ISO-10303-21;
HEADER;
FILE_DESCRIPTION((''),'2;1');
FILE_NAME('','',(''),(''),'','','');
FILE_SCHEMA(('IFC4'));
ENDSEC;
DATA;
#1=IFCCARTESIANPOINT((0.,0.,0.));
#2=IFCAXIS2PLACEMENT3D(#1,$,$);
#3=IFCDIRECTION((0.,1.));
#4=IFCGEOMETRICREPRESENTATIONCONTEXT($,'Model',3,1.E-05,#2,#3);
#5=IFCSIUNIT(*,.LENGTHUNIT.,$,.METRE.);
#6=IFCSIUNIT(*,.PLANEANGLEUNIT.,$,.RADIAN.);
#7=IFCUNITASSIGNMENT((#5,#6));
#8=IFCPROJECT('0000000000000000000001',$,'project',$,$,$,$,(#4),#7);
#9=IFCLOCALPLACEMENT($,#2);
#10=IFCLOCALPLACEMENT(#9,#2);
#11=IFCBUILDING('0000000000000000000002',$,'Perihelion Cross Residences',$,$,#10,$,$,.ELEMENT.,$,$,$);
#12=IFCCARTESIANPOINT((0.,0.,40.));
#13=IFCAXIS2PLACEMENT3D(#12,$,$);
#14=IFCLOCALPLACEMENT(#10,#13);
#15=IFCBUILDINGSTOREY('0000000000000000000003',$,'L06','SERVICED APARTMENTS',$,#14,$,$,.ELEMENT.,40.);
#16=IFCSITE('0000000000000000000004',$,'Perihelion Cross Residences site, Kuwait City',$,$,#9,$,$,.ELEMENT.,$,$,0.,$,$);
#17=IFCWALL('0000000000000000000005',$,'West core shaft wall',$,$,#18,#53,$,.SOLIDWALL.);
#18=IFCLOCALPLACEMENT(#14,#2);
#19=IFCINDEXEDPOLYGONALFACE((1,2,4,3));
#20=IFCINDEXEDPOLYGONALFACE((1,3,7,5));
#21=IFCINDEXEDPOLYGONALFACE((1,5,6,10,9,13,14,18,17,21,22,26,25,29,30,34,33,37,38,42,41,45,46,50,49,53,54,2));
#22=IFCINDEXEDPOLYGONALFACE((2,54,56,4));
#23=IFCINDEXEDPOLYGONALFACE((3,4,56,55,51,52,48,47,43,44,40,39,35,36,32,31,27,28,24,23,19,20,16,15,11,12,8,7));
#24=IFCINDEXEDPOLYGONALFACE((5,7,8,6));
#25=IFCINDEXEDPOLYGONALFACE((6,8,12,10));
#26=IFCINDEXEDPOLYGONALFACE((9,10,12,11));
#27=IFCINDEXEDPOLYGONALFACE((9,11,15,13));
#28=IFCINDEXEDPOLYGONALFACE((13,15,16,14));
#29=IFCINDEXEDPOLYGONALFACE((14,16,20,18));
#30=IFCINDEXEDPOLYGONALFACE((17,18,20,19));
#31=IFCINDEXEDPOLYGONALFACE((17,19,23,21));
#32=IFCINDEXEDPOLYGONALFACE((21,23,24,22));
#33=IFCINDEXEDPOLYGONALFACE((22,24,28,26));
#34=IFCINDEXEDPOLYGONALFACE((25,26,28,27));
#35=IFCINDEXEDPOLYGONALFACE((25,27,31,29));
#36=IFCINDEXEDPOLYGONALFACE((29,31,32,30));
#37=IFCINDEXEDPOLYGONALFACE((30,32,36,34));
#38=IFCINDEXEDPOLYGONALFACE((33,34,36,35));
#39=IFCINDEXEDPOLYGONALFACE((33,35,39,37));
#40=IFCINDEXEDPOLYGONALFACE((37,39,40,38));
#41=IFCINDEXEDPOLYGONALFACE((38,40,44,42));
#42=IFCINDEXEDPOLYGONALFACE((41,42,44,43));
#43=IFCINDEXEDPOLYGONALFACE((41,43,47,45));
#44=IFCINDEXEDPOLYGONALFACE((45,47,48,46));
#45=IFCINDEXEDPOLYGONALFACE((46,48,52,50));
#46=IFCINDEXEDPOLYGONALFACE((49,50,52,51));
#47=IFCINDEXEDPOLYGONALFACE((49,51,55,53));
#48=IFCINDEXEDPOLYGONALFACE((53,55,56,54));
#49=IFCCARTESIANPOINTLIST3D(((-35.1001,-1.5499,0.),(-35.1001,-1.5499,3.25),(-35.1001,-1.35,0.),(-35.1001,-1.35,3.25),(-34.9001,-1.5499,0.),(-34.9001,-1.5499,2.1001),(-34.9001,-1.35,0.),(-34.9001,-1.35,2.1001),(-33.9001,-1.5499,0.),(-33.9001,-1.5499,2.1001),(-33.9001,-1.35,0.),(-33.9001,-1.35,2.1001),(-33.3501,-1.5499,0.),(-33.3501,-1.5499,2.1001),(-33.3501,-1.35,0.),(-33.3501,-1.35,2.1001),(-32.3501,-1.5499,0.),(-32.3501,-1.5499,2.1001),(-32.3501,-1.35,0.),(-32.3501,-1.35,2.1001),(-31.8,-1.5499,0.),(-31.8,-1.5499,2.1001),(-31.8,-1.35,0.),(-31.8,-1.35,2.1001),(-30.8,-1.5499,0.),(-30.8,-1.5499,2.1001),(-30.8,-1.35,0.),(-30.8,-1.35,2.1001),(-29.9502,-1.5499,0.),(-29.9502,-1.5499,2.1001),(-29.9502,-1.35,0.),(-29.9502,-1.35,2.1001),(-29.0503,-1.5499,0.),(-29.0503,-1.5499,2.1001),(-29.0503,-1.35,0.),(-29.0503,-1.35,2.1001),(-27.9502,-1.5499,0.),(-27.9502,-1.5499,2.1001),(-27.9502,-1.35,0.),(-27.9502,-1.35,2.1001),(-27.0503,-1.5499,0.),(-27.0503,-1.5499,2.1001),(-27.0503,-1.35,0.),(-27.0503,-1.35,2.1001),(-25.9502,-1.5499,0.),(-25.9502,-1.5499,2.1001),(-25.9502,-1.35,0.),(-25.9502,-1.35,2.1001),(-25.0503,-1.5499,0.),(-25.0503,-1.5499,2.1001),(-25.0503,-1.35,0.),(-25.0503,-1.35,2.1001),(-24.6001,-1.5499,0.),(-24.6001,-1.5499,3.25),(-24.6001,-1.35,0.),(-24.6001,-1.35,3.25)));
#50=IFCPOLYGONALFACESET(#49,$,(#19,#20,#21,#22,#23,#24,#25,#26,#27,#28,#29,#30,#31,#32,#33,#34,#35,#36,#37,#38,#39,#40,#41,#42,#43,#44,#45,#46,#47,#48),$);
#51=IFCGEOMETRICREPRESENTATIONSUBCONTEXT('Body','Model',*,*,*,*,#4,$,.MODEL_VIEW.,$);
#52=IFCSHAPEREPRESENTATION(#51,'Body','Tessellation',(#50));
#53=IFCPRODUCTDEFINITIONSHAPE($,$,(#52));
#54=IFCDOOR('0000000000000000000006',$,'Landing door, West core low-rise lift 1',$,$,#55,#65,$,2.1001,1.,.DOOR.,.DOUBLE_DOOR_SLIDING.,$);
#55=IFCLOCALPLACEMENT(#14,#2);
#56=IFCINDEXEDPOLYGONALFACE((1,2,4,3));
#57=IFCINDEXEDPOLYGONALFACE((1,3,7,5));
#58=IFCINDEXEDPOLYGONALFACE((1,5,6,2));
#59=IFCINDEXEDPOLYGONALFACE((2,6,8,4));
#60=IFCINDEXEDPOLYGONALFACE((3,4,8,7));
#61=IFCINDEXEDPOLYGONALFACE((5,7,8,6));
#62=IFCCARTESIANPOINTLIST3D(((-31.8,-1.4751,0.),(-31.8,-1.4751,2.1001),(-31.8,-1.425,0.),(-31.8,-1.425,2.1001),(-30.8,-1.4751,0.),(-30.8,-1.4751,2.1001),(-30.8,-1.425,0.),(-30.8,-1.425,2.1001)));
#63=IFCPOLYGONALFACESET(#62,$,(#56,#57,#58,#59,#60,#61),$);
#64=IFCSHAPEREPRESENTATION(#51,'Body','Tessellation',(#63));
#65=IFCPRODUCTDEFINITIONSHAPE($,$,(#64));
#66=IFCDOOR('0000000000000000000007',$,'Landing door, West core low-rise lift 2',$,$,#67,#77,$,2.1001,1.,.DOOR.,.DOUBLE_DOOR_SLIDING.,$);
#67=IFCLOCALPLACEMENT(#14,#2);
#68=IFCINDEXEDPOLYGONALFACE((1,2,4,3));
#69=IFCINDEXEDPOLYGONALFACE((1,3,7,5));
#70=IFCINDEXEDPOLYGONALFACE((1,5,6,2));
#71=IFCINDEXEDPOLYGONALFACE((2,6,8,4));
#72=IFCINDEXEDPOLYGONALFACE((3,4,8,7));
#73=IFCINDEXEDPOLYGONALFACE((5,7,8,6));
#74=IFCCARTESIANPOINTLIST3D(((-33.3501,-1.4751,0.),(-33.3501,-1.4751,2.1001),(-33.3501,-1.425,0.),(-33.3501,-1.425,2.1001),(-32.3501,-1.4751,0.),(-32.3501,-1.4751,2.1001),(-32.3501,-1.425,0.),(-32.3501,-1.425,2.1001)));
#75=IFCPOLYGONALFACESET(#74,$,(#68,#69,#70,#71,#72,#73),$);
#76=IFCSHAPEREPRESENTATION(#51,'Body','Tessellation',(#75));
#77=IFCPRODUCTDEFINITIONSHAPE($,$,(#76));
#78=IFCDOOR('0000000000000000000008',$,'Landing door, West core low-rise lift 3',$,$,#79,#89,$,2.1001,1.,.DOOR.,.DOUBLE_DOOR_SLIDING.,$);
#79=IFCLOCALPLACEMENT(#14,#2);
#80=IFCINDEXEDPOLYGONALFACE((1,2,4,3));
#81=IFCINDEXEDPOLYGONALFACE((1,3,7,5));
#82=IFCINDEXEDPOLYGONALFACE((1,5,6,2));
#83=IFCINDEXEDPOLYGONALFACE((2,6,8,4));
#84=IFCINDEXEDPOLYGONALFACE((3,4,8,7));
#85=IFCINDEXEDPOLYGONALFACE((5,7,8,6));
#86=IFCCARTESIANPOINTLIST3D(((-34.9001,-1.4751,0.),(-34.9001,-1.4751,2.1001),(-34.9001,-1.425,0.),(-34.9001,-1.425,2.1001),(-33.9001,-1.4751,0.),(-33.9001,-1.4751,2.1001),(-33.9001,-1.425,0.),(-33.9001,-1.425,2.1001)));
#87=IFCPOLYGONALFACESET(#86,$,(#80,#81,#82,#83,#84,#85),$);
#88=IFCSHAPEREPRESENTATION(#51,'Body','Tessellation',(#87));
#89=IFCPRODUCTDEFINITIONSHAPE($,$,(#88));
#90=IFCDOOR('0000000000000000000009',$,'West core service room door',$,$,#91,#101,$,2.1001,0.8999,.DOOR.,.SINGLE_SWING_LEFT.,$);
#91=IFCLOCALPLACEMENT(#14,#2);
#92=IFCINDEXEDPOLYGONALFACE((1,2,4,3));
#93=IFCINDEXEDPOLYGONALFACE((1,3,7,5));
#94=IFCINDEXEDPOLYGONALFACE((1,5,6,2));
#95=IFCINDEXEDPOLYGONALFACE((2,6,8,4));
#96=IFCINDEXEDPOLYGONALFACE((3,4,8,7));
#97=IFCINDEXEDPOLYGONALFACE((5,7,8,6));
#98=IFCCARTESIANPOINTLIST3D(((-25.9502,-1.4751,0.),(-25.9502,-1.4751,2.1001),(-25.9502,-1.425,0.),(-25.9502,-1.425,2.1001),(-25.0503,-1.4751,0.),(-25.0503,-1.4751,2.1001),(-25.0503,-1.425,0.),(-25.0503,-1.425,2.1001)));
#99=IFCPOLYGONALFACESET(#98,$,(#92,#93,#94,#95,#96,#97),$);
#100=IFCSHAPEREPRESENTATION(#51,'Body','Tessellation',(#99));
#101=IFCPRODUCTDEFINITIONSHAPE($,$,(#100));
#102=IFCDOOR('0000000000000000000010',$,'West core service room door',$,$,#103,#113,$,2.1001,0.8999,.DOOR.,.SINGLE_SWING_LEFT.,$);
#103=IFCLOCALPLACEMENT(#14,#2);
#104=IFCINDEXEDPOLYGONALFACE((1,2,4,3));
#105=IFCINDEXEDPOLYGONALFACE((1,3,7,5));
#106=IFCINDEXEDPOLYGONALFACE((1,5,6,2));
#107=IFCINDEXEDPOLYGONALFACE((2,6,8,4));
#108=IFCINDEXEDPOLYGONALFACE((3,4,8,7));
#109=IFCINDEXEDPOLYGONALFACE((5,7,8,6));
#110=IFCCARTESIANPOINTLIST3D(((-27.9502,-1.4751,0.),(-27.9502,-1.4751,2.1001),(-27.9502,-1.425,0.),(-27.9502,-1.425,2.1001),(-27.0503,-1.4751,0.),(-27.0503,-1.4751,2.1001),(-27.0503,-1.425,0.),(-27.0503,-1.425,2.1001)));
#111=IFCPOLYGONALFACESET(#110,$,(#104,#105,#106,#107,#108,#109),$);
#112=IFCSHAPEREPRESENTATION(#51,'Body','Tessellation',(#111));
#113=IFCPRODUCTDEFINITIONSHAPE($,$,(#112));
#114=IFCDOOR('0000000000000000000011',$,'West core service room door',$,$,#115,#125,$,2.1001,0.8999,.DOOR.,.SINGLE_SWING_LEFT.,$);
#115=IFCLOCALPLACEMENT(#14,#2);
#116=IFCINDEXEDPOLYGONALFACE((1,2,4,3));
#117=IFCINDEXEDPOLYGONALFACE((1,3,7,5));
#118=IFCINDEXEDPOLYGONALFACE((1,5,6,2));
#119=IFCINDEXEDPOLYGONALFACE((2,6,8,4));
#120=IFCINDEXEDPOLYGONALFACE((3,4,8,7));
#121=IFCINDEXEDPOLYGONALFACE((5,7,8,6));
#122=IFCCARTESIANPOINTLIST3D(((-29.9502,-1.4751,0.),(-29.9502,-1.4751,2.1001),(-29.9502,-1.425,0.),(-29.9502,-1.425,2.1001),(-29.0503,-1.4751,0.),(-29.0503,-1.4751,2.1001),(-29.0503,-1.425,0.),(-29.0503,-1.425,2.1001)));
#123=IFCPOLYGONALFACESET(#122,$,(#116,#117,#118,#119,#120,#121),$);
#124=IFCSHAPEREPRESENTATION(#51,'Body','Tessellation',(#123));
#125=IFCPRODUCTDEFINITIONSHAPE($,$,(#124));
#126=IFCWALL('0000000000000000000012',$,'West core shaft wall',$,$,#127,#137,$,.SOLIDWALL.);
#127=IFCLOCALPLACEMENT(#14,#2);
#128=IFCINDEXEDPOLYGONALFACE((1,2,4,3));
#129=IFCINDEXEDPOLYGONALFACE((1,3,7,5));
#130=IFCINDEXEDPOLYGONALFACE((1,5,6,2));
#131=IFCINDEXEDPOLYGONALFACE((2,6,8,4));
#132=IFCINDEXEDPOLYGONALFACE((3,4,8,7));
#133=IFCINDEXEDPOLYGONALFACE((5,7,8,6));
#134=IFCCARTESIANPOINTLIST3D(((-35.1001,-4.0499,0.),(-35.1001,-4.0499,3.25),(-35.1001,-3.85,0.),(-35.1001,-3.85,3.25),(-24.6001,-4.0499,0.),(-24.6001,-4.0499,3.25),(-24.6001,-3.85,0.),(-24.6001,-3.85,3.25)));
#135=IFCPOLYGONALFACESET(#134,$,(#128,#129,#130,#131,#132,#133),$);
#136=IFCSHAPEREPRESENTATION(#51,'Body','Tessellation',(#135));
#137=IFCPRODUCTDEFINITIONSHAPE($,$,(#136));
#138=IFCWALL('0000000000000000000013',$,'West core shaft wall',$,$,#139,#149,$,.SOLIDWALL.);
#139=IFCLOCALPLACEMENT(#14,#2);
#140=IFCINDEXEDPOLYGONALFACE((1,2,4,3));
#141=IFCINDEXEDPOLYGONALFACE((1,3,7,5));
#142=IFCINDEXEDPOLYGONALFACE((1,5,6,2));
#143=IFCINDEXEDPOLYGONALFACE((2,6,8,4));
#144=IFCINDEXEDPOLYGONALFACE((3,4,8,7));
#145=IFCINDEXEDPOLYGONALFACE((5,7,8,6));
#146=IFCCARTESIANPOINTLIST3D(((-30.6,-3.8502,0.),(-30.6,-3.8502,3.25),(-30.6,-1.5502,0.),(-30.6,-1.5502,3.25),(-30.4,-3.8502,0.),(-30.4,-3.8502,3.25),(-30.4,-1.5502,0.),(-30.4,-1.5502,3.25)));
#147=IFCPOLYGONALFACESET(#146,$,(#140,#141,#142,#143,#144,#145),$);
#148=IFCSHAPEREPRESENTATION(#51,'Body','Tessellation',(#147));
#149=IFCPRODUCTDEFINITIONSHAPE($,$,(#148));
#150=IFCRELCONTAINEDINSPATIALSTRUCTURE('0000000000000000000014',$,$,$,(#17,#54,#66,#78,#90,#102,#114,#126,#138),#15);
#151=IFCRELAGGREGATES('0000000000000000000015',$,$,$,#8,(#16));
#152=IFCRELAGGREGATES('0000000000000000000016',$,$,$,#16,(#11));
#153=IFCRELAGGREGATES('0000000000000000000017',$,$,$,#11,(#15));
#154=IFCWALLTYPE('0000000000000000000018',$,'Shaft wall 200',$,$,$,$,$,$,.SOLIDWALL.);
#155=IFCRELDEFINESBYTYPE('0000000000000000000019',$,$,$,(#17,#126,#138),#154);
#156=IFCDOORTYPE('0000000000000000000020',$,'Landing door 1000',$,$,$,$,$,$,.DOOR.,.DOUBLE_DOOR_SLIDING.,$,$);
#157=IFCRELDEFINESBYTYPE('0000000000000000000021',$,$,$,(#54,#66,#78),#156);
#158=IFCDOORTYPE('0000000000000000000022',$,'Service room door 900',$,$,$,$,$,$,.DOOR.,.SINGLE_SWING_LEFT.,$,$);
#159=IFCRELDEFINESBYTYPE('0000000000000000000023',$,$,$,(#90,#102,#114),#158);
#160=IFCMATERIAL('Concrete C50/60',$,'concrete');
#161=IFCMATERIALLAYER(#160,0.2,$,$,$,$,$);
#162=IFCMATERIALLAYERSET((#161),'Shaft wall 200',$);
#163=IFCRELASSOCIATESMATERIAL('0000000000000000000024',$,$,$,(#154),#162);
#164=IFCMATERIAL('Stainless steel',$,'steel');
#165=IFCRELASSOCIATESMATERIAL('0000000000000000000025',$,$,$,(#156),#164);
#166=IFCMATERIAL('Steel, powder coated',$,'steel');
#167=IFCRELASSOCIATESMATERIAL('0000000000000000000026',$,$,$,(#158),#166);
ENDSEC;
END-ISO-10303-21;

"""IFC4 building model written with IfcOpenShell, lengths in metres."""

from ifc_helpers import new_model, si_unit, direction, frame, frame_2d, origin, place, context, subcontext, project, spatial, rectangle, extrude, material, layer, layer_set, type_object, element, fill, save


model = new_model("IFC4")

# Units and contexts
model_context = context("Model", 3, precision=1e-05, world=origin(), true_north=direction((0.0, 1.0)))
body_context = subcontext(model_context, "Body", "Model", "MODEL_VIEW")
ifc_project = project(units=[si_unit("LENGTHUNIT", "METRE"), si_unit("PLANEANGLEUNIT", "RADIAN")], contexts=[model_context])

# Site, building, storey
site_placement = place(None, origin())
site = spatial("IfcSite", under=ifc_project, at=site_placement, Name="Perihelion Cross Residences site, Kuwait City", CompositionType="ELEMENT", RefElevation=0.0)
building_placement = place(site_placement, origin())
building = spatial("IfcBuilding", under=site, at=building_placement, Name="Perihelion Cross Residences", CompositionType="ELEMENT")
storey_placement = place(building_placement, frame((0.0, 0.0, 40.0)))
storey = spatial("IfcBuildingStorey", under=building, at=storey_placement, Name="L06", Description="SERVICED APARTMENTS", CompositionType="ELEMENT", Elevation=40.0)

# Wall, openings, doors
ifc_material_1 = material(Name="Concrete C50/60", Category="concrete")
ifc_layer_1 = layer(ifc_material_1, 0.2)
ifc_layer_set_1 = layer_set([ifc_layer_1], Name="Shaft wall 200")
wall_type_1 = type_object("IfcWallType", Name="Shaft wall 200", PredefinedType="SOLIDWALL", material=ifc_layer_set_1)
wall_1_placement = place(storey_placement, frame((-35.1001, -1.45, 0.0), z_axis=(0.0, 0.0, 1.0), x_axis=(1.0, 0.0, 0.0)))
wall_1 = element("IfcWall", 1, at=wall_1_placement, inside=storey, type_object=wall_type_1, Name="West core shaft wall", PredefinedType="SOLIDWALL", context=body_context, shape_type="SweptSolid", body=[
    extrude(rectangle(XDim=10.5, YDim=0.2, at=frame_2d((5.25, 0.0))), origin(), (0.0, 0.0, 1.0), 3.25),
])
opening_1_placement = place(wall_1_placement, frame((3.3, 0.0, 0.0)))
opening_1 = element("IfcOpeningElement", 2, at=opening_1_placement, cuts=wall_1, PredefinedType="OPENING", context=body_context, shape_type="SweptSolid", body=[
    extrude(rectangle(XDim=1.0, YDim=2.1001, at=frame_2d((0.5, 1.05))), frame((0.0, 0.1099, 0.0), z_axis=(0.0, -1.0, 0.0), x_axis=(1.0, 0.0, 0.0)), (0.0, 0.0, 1.0), 0.22),
])
opening_2_placement = place(wall_1_placement, frame((1.75, 0.0, 0.0)))
opening_2 = element("IfcOpeningElement", 3, at=opening_2_placement, cuts=wall_1, PredefinedType="OPENING", context=body_context, shape_type="SweptSolid", body=[
    extrude(rectangle(XDim=1.0, YDim=2.1001, at=frame_2d((0.5, 1.05))), frame((0.0, 0.1099, 0.0), z_axis=(0.0, -1.0, 0.0), x_axis=(1.0, 0.0, 0.0)), (0.0, 0.0, 1.0), 0.22),
])
opening_3_placement = place(wall_1_placement, frame((0.2, 0.0, 0.0)))
opening_3 = element("IfcOpeningElement", 4, at=opening_3_placement, cuts=wall_1, PredefinedType="OPENING", context=body_context, shape_type="SweptSolid", body=[
    extrude(rectangle(XDim=1.0, YDim=2.1001, at=frame_2d((0.5, 1.05))), frame((0.0, 0.1099, 0.0), z_axis=(0.0, -1.0, 0.0), x_axis=(1.0, 0.0, 0.0)), (0.0, 0.0, 1.0), 0.22),
])
opening_4_placement = place(wall_1_placement, frame((9.1499, 0.0, 0.0)))
opening_4 = element("IfcOpeningElement", 5, at=opening_4_placement, cuts=wall_1, PredefinedType="OPENING", context=body_context, shape_type="SweptSolid", body=[
    extrude(rectangle(XDim=0.8999, YDim=2.1001, at=frame_2d((0.45, 1.05))), frame((0.0, 0.1099, 0.0), z_axis=(0.0, -1.0, 0.0), x_axis=(1.0, 0.0, 0.0)), (0.0, 0.0, 1.0), 0.22),
])
opening_5_placement = place(wall_1_placement, frame((7.1499, 0.0, 0.0)))
opening_5 = element("IfcOpeningElement", 6, at=opening_5_placement, cuts=wall_1, PredefinedType="OPENING", context=body_context, shape_type="SweptSolid", body=[
    extrude(rectangle(XDim=0.8999, YDim=2.1001, at=frame_2d((0.45, 1.05))), frame((0.0, 0.1099, 0.0), z_axis=(0.0, -1.0, 0.0), x_axis=(1.0, 0.0, 0.0)), (0.0, 0.0, 1.0), 0.22),
])
opening_6_placement = place(wall_1_placement, frame((5.1499, 0.0, 0.0)))
opening_6 = element("IfcOpeningElement", 7, at=opening_6_placement, cuts=wall_1, PredefinedType="OPENING", context=body_context, shape_type="SweptSolid", body=[
    extrude(rectangle(XDim=0.8999, YDim=2.1001, at=frame_2d((0.45, 1.05))), frame((0.0, 0.1099, 0.0), z_axis=(0.0, -1.0, 0.0), x_axis=(1.0, 0.0, 0.0)), (0.0, 0.0, 1.0), 0.22),
])
ifc_material_2 = material(Name="Stainless steel", Category="steel")
door_type_1 = type_object("IfcDoorType", Name="Landing door 1000", OperationType="DOUBLE_DOOR_SLIDING", PredefinedType="DOOR", material=ifc_material_2)
door_1_placement = place(opening_1_placement, origin())
door_1 = element("IfcDoor", 8, at=door_1_placement, inside=storey, type_object=door_type_1, Name="Landing door, West core low-rise lift 1", OperationType="DOUBLE_DOOR_SLIDING", OverallHeight=2.1001, OverallWidth=1.0, PredefinedType="DOOR", context=body_context, shape_type="SweptSolid", body=[
    extrude(rectangle(XDim=1.0, YDim=2.1001, at=frame_2d((0.5, 1.05))), frame((0.0, 0.0249, 0.0), z_axis=(0.0, -1.0, 0.0), x_axis=(1.0, 0.0, 0.0)), (0.0, 0.0, 1.0), 0.05),
])
fill(opening_1, door_1)
door_2_placement = place(opening_2_placement, origin())
door_2 = element("IfcDoor", 9, at=door_2_placement, inside=storey, type_object=door_type_1, Name="Landing door, West core low-rise lift 2", OperationType="DOUBLE_DOOR_SLIDING", OverallHeight=2.1001, OverallWidth=1.0, PredefinedType="DOOR", context=body_context, shape_type="SweptSolid", body=[
    extrude(rectangle(XDim=1.0, YDim=2.1001, at=frame_2d((0.5, 1.05))), frame((0.0, 0.0249, 0.0), z_axis=(0.0, -1.0, 0.0), x_axis=(1.0, 0.0, 0.0)), (0.0, 0.0, 1.0), 0.05),
])
fill(opening_2, door_2)
door_3_placement = place(opening_3_placement, origin())
door_3 = element("IfcDoor", 10, at=door_3_placement, inside=storey, type_object=door_type_1, Name="Landing door, West core low-rise lift 3", OperationType="DOUBLE_DOOR_SLIDING", OverallHeight=2.1001, OverallWidth=1.0, PredefinedType="DOOR", context=body_context, shape_type="SweptSolid", body=[
    extrude(rectangle(XDim=1.0, YDim=2.1001, at=frame_2d((0.5, 1.05))), frame((0.0, 0.0249, 0.0), z_axis=(0.0, -1.0, 0.0), x_axis=(1.0, 0.0, 0.0)), (0.0, 0.0, 1.0), 0.05),
])
fill(opening_3, door_3)
ifc_material_3 = material(Name="Steel, powder coated", Category="steel")
door_type_2 = type_object("IfcDoorType", Name="Service room door 900", OperationType="SINGLE_SWING_LEFT", PredefinedType="DOOR", material=ifc_material_3)
door_4_placement = place(opening_4_placement, origin())
door_4 = element("IfcDoor", 11, at=door_4_placement, inside=storey, type_object=door_type_2, Name="West core service room door", OperationType="SINGLE_SWING_LEFT", OverallHeight=2.1001, OverallWidth=0.8999, PredefinedType="DOOR", context=body_context, shape_type="SweptSolid", body=[
    extrude(rectangle(XDim=0.8999, YDim=2.1001, at=frame_2d((0.45, 1.05))), frame((0.0, 0.0249, 0.0), z_axis=(0.0, -1.0, 0.0), x_axis=(1.0, 0.0, 0.0)), (0.0, 0.0, 1.0), 0.05),
])
fill(opening_4, door_4)
door_5_placement = place(opening_5_placement, origin())
door_5 = element("IfcDoor", 12, at=door_5_placement, inside=storey, type_object=door_type_2, Name="West core service room door", OperationType="SINGLE_SWING_LEFT", OverallHeight=2.1001, OverallWidth=0.8999, PredefinedType="DOOR", context=body_context, shape_type="SweptSolid", body=[
    extrude(rectangle(XDim=0.8999, YDim=2.1001, at=frame_2d((0.45, 1.05))), frame((0.0, 0.0249, 0.0), z_axis=(0.0, -1.0, 0.0), x_axis=(1.0, 0.0, 0.0)), (0.0, 0.0, 1.0), 0.05),
])
fill(opening_5, door_5)
door_6_placement = place(opening_6_placement, origin())
door_6 = element("IfcDoor", 13, at=door_6_placement, inside=storey, type_object=door_type_2, Name="West core service room door", OperationType="SINGLE_SWING_LEFT", OverallHeight=2.1001, OverallWidth=0.8999, PredefinedType="DOOR", context=body_context, shape_type="SweptSolid", body=[
    extrude(rectangle(XDim=0.8999, YDim=2.1001, at=frame_2d((0.45, 1.05))), frame((0.0, 0.0249, 0.0), z_axis=(0.0, -1.0, 0.0), x_axis=(1.0, 0.0, 0.0)), (0.0, 0.0, 1.0), 0.05),
])
fill(opening_6, door_6)

# Walls
wall_2_placement = place(storey_placement, frame((-35.1001, -3.95, 0.0), z_axis=(0.0, 0.0, 1.0), x_axis=(1.0, 0.0, 0.0)))
element("IfcWall", 14, at=wall_2_placement, inside=storey, type_object=wall_type_1, Name="West core shaft wall", PredefinedType="SOLIDWALL", context=body_context, shape_type="SweptSolid", body=[
    extrude(rectangle(XDim=10.5, YDim=0.2, at=frame_2d((5.25, 0.0))), origin(), (0.0, 0.0, 1.0), 3.25),
])
wall_3_placement = place(storey_placement, frame((-30.5, -3.8501, 0.0), z_axis=(0.0, 0.0, 1.0), x_axis=(0.0, 1.0, 0.0)))
element("IfcWall", 15, at=wall_3_placement, inside=storey, type_object=wall_type_1, Name="West core shaft wall", PredefinedType="SOLIDWALL", context=body_context, shape_type="SweptSolid", body=[
    extrude(rectangle(XDim=2.3, YDim=0.2, at=frame_2d((1.1499, 0.0))), origin(), (0.0, 0.0, 1.0), 3.25),
])

save(model, "model.ifc")
